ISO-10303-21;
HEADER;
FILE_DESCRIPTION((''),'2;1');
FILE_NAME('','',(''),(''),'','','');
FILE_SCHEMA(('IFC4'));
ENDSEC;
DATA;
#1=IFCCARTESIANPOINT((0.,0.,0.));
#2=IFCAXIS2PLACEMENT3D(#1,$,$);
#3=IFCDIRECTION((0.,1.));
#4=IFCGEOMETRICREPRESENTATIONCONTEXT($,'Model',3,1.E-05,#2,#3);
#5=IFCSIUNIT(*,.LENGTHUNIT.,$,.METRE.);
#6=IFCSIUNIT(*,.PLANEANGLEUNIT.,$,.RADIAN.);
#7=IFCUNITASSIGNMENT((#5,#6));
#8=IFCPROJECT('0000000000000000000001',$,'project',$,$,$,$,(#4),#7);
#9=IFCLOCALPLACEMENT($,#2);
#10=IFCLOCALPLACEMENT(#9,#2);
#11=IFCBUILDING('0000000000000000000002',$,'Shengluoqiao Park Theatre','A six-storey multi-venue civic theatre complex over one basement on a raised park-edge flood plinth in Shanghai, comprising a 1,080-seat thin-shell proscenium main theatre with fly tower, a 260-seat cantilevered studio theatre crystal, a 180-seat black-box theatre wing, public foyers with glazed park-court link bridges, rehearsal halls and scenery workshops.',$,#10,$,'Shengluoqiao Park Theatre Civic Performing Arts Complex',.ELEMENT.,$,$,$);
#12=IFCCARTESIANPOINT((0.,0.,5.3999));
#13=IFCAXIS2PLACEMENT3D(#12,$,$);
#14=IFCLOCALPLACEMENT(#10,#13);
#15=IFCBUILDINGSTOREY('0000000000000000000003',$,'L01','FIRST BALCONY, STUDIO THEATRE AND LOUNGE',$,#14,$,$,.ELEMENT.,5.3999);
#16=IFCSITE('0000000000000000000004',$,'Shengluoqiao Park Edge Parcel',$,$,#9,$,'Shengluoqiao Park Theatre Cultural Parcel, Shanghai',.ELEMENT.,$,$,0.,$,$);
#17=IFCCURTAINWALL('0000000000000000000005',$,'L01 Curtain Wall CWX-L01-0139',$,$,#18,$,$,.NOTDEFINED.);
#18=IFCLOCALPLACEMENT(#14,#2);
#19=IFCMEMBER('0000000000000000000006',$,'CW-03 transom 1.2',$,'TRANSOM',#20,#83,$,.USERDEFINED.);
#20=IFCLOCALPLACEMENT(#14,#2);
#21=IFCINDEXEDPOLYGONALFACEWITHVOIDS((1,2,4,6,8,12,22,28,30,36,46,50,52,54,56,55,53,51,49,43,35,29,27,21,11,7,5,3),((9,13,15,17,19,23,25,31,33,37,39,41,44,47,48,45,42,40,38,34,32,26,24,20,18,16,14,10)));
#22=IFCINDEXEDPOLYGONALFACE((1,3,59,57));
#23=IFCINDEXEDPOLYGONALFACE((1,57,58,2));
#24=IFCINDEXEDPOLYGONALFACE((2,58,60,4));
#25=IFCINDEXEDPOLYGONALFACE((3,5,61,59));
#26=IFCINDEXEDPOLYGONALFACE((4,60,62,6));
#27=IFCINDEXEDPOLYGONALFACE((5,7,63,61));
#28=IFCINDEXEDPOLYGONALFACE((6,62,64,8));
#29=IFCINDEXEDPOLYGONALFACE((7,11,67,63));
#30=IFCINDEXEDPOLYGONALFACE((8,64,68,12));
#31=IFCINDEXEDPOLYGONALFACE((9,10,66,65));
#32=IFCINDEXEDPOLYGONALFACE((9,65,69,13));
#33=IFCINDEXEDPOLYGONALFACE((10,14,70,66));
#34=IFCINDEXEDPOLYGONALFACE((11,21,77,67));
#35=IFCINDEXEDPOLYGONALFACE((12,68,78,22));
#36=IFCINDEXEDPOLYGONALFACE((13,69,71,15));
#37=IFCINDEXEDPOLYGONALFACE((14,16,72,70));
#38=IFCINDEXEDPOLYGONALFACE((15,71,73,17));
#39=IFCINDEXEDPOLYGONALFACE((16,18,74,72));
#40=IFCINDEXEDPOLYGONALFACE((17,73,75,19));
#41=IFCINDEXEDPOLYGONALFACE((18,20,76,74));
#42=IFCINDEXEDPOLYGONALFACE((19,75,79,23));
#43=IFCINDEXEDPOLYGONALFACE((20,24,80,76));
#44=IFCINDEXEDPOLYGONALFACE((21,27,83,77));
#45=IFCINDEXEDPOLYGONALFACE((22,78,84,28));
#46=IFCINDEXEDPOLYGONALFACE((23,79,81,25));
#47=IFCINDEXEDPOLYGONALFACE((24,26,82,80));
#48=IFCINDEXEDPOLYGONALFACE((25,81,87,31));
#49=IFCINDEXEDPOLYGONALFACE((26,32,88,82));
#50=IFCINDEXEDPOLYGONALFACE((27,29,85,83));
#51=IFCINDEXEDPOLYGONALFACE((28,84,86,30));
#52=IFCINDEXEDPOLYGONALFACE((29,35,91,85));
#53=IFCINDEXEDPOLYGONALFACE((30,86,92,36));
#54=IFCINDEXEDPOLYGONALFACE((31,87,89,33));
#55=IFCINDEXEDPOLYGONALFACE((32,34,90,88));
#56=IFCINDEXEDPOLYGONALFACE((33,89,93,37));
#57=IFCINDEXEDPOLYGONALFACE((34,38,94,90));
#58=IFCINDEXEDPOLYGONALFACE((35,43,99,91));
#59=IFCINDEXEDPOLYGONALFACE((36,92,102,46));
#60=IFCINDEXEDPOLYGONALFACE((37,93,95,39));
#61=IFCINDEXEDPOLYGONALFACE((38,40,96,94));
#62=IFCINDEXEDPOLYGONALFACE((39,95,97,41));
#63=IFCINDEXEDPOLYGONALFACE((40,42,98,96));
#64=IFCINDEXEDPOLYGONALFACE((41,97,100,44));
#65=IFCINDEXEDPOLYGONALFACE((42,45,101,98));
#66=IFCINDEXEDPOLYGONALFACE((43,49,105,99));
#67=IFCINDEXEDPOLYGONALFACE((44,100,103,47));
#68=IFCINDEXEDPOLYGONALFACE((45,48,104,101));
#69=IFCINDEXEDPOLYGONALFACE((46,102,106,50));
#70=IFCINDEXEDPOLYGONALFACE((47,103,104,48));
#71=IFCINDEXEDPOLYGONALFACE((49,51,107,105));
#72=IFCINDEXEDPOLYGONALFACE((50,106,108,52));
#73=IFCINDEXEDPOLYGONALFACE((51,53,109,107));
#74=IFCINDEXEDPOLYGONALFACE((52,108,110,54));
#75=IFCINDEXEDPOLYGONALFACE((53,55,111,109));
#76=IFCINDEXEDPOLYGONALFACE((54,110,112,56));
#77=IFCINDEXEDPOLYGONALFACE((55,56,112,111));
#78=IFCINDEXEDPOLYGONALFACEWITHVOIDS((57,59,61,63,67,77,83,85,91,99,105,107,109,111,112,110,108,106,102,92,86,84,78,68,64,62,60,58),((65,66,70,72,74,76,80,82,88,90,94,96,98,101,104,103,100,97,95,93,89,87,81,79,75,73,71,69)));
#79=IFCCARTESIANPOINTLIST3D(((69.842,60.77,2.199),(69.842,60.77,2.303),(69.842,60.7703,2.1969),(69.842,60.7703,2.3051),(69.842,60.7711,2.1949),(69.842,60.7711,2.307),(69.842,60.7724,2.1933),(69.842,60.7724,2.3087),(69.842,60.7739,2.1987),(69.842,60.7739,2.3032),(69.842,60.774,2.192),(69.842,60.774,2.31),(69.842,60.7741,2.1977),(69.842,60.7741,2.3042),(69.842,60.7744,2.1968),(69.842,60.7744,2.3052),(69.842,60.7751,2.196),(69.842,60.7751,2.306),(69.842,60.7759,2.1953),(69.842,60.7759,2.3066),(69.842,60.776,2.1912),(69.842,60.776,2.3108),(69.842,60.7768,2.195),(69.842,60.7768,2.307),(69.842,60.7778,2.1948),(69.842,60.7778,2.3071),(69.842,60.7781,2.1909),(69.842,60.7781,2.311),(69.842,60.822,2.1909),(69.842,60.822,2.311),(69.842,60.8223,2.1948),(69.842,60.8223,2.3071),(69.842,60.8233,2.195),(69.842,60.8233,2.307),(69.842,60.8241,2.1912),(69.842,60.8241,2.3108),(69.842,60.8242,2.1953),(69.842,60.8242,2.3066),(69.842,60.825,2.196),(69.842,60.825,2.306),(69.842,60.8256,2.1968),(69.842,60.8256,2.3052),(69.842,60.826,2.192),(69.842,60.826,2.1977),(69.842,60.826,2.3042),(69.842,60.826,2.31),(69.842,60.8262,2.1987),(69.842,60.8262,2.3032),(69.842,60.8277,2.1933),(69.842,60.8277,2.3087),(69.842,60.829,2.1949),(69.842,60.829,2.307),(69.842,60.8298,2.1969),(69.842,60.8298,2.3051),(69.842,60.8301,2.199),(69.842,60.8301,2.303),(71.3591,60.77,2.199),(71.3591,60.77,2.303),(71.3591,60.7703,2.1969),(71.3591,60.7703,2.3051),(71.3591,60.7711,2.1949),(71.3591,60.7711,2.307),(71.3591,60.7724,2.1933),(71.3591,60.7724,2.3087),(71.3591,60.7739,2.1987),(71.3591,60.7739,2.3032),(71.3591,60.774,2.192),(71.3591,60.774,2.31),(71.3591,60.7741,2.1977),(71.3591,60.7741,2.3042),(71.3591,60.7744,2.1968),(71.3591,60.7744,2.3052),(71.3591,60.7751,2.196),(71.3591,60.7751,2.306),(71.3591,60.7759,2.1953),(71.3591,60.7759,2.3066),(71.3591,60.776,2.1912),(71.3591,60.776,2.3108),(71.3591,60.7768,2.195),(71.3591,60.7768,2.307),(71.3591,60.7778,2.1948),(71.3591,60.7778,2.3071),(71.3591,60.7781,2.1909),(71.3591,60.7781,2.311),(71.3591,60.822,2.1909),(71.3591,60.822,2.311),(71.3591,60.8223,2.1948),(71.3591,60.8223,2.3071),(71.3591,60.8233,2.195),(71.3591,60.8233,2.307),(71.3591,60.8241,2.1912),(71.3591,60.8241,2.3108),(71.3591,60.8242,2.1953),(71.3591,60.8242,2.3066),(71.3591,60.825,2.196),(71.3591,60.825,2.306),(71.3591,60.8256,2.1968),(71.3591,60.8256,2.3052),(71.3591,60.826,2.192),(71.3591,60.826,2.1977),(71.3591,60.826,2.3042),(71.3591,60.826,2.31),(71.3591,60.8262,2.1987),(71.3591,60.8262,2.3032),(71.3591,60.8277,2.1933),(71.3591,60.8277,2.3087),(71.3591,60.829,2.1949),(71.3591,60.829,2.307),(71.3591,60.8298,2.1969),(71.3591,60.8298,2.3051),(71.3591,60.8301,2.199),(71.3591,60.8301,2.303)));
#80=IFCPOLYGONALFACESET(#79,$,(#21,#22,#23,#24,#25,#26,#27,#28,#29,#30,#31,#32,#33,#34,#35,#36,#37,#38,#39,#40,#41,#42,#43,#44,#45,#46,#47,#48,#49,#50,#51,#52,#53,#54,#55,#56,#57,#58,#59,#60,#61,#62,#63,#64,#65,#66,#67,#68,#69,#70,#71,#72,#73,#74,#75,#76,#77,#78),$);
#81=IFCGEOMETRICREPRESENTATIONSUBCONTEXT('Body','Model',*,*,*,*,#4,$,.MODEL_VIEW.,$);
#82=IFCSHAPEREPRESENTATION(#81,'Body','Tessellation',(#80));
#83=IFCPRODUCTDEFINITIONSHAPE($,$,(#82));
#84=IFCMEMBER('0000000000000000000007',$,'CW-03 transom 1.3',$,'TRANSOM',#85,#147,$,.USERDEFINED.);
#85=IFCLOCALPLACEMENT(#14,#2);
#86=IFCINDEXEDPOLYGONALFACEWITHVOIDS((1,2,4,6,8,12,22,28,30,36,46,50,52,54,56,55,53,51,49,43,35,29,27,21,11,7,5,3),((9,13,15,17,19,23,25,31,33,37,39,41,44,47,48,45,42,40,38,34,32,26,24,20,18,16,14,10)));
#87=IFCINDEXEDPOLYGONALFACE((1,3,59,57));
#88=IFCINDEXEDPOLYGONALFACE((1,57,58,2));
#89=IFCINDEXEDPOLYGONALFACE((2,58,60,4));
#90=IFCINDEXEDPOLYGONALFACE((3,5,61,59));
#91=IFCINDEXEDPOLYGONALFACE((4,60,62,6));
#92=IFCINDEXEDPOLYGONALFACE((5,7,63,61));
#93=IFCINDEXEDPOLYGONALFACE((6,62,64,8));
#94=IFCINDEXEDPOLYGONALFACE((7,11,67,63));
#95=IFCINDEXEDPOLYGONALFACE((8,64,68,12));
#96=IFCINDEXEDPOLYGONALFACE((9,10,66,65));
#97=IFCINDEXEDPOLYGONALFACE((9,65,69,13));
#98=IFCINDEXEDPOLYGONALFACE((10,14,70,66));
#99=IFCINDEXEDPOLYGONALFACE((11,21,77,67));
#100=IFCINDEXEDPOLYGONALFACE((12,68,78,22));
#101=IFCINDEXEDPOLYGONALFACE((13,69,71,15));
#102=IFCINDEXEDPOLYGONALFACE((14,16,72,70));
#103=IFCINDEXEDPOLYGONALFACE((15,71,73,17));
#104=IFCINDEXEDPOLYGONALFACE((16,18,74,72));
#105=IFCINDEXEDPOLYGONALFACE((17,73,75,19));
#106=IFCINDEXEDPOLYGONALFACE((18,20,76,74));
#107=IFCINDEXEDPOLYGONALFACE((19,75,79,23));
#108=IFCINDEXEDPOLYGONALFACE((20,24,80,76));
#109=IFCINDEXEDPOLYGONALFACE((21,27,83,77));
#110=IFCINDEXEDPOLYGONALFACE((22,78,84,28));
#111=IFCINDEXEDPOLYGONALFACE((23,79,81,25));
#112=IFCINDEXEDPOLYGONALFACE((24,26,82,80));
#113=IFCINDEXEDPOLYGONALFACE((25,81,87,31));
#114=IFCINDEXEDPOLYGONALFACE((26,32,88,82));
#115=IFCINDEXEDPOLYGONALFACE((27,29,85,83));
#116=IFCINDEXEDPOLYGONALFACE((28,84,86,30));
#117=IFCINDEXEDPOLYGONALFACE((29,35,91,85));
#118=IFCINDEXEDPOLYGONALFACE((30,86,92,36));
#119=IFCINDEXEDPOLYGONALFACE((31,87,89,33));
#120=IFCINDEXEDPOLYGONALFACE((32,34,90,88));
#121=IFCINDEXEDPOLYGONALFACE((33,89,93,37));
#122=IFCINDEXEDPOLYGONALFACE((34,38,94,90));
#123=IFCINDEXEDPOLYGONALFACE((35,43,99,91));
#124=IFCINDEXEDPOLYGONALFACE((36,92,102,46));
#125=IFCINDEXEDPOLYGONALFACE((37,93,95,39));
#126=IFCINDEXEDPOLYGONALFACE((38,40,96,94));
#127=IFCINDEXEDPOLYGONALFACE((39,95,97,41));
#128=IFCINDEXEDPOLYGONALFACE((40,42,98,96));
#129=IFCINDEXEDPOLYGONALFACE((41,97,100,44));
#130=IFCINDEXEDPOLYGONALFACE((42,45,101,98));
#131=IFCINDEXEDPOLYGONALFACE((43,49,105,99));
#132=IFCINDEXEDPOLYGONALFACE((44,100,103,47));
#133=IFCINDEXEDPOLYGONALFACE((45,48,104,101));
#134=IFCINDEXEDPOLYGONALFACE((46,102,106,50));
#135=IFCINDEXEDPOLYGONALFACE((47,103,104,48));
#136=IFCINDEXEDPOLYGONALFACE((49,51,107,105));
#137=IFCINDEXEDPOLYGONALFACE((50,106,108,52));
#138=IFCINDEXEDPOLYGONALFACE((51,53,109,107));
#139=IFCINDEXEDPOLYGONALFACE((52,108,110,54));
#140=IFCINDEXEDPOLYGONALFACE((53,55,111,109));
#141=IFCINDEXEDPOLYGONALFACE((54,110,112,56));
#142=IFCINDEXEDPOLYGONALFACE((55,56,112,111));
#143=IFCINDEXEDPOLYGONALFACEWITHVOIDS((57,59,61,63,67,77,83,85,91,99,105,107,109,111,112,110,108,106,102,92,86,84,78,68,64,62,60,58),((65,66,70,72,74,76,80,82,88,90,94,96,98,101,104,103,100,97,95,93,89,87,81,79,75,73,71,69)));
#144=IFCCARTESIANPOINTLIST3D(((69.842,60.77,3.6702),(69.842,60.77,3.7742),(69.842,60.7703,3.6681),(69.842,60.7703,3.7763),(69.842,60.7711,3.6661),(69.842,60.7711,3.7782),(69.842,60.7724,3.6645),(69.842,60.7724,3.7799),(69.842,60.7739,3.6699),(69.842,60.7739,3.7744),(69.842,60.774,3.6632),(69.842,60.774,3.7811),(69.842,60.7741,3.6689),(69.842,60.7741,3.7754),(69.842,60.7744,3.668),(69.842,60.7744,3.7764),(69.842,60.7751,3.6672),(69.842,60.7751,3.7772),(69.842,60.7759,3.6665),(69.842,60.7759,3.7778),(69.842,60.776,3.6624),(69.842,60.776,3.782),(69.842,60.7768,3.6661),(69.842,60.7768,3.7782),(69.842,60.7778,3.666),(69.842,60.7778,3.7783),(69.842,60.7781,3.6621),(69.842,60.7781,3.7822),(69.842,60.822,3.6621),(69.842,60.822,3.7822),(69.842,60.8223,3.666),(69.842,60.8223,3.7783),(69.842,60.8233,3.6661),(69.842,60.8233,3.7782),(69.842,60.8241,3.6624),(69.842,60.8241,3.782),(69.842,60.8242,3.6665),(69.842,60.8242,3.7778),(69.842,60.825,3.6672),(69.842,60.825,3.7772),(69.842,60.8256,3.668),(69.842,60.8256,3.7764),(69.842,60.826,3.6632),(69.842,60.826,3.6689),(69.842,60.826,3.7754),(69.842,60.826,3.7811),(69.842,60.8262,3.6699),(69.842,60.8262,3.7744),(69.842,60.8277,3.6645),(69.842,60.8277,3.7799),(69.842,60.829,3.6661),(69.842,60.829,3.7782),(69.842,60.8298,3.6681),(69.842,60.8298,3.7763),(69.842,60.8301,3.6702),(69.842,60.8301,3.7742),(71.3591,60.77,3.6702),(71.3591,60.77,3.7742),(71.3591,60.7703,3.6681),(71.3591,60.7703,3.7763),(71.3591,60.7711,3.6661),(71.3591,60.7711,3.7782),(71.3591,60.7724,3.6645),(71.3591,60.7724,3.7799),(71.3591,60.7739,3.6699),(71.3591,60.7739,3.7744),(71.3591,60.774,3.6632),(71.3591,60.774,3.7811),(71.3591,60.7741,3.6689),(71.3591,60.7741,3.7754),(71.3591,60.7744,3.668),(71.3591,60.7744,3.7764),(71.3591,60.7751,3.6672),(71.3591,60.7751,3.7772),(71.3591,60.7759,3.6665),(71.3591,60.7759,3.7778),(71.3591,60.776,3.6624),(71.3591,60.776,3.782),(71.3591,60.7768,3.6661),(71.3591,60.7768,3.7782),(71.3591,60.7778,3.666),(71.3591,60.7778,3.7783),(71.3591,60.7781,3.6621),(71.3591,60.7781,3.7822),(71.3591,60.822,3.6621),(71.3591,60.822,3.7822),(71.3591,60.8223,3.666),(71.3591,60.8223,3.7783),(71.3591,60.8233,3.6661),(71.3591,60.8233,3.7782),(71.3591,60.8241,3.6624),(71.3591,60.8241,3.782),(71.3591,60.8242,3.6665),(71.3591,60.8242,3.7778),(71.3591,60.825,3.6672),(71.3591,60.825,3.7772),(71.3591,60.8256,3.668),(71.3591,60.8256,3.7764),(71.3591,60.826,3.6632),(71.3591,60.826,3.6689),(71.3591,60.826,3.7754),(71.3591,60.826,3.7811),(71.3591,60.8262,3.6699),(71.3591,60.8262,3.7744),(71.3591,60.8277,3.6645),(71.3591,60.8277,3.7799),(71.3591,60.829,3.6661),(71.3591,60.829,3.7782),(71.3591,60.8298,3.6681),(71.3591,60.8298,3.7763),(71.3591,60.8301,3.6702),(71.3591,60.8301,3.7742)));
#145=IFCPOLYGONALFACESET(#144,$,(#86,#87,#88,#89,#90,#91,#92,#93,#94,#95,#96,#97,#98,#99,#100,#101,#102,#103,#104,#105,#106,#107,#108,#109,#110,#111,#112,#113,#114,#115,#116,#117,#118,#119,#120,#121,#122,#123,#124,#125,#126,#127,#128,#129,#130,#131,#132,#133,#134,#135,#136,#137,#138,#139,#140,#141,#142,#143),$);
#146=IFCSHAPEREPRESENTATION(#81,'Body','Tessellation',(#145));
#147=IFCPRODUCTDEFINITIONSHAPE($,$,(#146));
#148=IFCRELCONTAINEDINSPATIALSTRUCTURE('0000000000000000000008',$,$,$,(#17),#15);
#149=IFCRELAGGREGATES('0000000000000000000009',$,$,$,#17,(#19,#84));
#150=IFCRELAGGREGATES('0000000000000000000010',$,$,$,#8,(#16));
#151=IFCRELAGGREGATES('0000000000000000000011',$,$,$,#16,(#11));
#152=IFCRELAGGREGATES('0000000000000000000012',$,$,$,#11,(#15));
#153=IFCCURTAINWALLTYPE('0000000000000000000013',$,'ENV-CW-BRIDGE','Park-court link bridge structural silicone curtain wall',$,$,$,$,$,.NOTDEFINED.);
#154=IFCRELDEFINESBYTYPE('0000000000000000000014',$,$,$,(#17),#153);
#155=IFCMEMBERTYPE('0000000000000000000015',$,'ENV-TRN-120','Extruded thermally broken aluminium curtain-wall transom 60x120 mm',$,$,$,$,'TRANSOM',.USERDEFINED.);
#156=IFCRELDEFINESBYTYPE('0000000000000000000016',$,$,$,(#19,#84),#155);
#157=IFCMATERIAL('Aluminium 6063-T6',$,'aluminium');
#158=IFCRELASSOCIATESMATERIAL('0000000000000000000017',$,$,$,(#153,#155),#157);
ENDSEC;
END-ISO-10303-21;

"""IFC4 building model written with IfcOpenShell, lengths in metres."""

from ifc_helpers import new_model, si_unit, direction, frame, origin, origin_2d, place, context, subcontext, project, spatial, hollow_rectangle, extrude, material, material_profile, profile_set, type_object, element, aggregate, save


model = new_model("IFC4")

# Units and contexts
model_context = context("Model", 3, precision=1e-05, world=origin(), true_north=direction((0.0, 1.0)))
body_context = subcontext(model_context, "Body", "Model", "MODEL_VIEW")
ifc_project = project(units=[si_unit("LENGTHUNIT", "METRE"), si_unit("PLANEANGLEUNIT", "RADIAN")], contexts=[model_context])

# Site, building, storey
site_placement = place(None, origin())
site = spatial("IfcSite", under=ifc_project, at=site_placement, Name="Shengluoqiao Park Edge Parcel", LongName="Shengluoqiao Park Theatre Cultural Parcel, Shanghai", CompositionType="ELEMENT", RefElevation=0.0)
building_placement = place(site_placement, origin())
building = spatial("IfcBuilding", under=site, at=building_placement, Name="Shengluoqiao Park Theatre", Description="A six-storey multi-venue civic theatre complex over one basement on a raised park-edge flood plinth in Shanghai, comprising a 1,080-seat thin-shell proscenium main theatre with fly tower, a 260-seat cantilevered studio theatre crystal, a 180-seat black-box theatre wing, public foyers with glazed park-court link bridges, rehearsal halls and scenery workshops.", LongName="Shengluoqiao Park Theatre Civic Performing Arts Complex", CompositionType="ELEMENT")
storey_placement = place(building_placement, frame((0.0, 0.0, 5.3999)))
storey = spatial("IfcBuildingStorey", under=building, at=storey_placement, Name="L01", Description="FIRST BALCONY, STUDIO THEATRE AND LOUNGE", CompositionType="ELEMENT", Elevation=5.3999)

# Shared definitions
ifc_material_1 = material(Name="Aluminium 6063-T6", Category="aluminium")
curtain_wall_type_1 = type_object("IfcCurtainWallType", Name="ENV-CW-BRIDGE", Description="Park-court link bridge structural silicone curtain wall", PredefinedType="NOTDEFINED", material=ifc_material_1)

# Curtain wall
curtain_wall_1_placement = place(storey_placement, origin())
curtain_wall_1 = element("IfcCurtainWall", 1, at=curtain_wall_1_placement, inside=storey, type_object=curtain_wall_type_1, Name="L01 Curtain Wall CWX-L01-0139", PredefinedType="NOTDEFINED")

# Members
ifc_material_profile_1 = material_profile(ifc_material_1, hollow_rectangle(XDim=0.0601, YDim=0.1201, WallThickness=0.0039, InnerFilletRadius=0.0039, OuterFilletRadius=0.0081, at=origin_2d()), Name="ALU TRANSOM 120x60x4")
ifc_profile_set_1 = profile_set([ifc_material_profile_1], Name="Aluminium 6063-T6")
member_type_1 = type_object("IfcMemberType", Name="ENV-TRN-120", Description="Extruded thermally broken aluminium curtain-wall transom 60x120 mm", ElementType="TRANSOM", PredefinedType="USERDEFINED", material=ifc_profile_set_1)
member_1_placement = place(storey_placement, frame((69.842, 60.8, 2.251), z_axis=(1.0, 0.0, 0.0), x_axis=(0.0, 1.0, 0.0)))
member_1 = element("IfcMember", 2, at=member_1_placement, type_object=member_type_1, Name="CW-03 transom 1.2", ObjectType="TRANSOM", PredefinedType="USERDEFINED", context=body_context, shape_type="SweptSolid", body=[
    extrude(hollow_rectangle(XDim=0.0601, YDim=0.1201, WallThickness=0.0039, InnerFilletRadius=0.0039, OuterFilletRadius=0.0081, at=origin_2d()), origin(), (0.0, 0.0, 1.0), 1.5171),
])
member_2_placement = place(storey_placement, frame((69.842, 60.8, 3.7222), z_axis=(1.0, 0.0, 0.0), x_axis=(0.0, 1.0, 0.0)))
member_2 = element("IfcMember", 3, at=member_2_placement, type_object=member_type_1, Name="CW-03 transom 1.3", ObjectType="TRANSOM", PredefinedType="USERDEFINED", context=body_context, shape_type="SweptSolid", body=[
    extrude(hollow_rectangle(XDim=0.0601, YDim=0.1201, WallThickness=0.0039, InnerFilletRadius=0.0039, OuterFilletRadius=0.0081, at=origin_2d()), origin(), (0.0, 0.0, 1.0), 1.5171),
])

aggregate(curtain_wall_1, [member_1, member_2])

save(model, "model.ifc")
